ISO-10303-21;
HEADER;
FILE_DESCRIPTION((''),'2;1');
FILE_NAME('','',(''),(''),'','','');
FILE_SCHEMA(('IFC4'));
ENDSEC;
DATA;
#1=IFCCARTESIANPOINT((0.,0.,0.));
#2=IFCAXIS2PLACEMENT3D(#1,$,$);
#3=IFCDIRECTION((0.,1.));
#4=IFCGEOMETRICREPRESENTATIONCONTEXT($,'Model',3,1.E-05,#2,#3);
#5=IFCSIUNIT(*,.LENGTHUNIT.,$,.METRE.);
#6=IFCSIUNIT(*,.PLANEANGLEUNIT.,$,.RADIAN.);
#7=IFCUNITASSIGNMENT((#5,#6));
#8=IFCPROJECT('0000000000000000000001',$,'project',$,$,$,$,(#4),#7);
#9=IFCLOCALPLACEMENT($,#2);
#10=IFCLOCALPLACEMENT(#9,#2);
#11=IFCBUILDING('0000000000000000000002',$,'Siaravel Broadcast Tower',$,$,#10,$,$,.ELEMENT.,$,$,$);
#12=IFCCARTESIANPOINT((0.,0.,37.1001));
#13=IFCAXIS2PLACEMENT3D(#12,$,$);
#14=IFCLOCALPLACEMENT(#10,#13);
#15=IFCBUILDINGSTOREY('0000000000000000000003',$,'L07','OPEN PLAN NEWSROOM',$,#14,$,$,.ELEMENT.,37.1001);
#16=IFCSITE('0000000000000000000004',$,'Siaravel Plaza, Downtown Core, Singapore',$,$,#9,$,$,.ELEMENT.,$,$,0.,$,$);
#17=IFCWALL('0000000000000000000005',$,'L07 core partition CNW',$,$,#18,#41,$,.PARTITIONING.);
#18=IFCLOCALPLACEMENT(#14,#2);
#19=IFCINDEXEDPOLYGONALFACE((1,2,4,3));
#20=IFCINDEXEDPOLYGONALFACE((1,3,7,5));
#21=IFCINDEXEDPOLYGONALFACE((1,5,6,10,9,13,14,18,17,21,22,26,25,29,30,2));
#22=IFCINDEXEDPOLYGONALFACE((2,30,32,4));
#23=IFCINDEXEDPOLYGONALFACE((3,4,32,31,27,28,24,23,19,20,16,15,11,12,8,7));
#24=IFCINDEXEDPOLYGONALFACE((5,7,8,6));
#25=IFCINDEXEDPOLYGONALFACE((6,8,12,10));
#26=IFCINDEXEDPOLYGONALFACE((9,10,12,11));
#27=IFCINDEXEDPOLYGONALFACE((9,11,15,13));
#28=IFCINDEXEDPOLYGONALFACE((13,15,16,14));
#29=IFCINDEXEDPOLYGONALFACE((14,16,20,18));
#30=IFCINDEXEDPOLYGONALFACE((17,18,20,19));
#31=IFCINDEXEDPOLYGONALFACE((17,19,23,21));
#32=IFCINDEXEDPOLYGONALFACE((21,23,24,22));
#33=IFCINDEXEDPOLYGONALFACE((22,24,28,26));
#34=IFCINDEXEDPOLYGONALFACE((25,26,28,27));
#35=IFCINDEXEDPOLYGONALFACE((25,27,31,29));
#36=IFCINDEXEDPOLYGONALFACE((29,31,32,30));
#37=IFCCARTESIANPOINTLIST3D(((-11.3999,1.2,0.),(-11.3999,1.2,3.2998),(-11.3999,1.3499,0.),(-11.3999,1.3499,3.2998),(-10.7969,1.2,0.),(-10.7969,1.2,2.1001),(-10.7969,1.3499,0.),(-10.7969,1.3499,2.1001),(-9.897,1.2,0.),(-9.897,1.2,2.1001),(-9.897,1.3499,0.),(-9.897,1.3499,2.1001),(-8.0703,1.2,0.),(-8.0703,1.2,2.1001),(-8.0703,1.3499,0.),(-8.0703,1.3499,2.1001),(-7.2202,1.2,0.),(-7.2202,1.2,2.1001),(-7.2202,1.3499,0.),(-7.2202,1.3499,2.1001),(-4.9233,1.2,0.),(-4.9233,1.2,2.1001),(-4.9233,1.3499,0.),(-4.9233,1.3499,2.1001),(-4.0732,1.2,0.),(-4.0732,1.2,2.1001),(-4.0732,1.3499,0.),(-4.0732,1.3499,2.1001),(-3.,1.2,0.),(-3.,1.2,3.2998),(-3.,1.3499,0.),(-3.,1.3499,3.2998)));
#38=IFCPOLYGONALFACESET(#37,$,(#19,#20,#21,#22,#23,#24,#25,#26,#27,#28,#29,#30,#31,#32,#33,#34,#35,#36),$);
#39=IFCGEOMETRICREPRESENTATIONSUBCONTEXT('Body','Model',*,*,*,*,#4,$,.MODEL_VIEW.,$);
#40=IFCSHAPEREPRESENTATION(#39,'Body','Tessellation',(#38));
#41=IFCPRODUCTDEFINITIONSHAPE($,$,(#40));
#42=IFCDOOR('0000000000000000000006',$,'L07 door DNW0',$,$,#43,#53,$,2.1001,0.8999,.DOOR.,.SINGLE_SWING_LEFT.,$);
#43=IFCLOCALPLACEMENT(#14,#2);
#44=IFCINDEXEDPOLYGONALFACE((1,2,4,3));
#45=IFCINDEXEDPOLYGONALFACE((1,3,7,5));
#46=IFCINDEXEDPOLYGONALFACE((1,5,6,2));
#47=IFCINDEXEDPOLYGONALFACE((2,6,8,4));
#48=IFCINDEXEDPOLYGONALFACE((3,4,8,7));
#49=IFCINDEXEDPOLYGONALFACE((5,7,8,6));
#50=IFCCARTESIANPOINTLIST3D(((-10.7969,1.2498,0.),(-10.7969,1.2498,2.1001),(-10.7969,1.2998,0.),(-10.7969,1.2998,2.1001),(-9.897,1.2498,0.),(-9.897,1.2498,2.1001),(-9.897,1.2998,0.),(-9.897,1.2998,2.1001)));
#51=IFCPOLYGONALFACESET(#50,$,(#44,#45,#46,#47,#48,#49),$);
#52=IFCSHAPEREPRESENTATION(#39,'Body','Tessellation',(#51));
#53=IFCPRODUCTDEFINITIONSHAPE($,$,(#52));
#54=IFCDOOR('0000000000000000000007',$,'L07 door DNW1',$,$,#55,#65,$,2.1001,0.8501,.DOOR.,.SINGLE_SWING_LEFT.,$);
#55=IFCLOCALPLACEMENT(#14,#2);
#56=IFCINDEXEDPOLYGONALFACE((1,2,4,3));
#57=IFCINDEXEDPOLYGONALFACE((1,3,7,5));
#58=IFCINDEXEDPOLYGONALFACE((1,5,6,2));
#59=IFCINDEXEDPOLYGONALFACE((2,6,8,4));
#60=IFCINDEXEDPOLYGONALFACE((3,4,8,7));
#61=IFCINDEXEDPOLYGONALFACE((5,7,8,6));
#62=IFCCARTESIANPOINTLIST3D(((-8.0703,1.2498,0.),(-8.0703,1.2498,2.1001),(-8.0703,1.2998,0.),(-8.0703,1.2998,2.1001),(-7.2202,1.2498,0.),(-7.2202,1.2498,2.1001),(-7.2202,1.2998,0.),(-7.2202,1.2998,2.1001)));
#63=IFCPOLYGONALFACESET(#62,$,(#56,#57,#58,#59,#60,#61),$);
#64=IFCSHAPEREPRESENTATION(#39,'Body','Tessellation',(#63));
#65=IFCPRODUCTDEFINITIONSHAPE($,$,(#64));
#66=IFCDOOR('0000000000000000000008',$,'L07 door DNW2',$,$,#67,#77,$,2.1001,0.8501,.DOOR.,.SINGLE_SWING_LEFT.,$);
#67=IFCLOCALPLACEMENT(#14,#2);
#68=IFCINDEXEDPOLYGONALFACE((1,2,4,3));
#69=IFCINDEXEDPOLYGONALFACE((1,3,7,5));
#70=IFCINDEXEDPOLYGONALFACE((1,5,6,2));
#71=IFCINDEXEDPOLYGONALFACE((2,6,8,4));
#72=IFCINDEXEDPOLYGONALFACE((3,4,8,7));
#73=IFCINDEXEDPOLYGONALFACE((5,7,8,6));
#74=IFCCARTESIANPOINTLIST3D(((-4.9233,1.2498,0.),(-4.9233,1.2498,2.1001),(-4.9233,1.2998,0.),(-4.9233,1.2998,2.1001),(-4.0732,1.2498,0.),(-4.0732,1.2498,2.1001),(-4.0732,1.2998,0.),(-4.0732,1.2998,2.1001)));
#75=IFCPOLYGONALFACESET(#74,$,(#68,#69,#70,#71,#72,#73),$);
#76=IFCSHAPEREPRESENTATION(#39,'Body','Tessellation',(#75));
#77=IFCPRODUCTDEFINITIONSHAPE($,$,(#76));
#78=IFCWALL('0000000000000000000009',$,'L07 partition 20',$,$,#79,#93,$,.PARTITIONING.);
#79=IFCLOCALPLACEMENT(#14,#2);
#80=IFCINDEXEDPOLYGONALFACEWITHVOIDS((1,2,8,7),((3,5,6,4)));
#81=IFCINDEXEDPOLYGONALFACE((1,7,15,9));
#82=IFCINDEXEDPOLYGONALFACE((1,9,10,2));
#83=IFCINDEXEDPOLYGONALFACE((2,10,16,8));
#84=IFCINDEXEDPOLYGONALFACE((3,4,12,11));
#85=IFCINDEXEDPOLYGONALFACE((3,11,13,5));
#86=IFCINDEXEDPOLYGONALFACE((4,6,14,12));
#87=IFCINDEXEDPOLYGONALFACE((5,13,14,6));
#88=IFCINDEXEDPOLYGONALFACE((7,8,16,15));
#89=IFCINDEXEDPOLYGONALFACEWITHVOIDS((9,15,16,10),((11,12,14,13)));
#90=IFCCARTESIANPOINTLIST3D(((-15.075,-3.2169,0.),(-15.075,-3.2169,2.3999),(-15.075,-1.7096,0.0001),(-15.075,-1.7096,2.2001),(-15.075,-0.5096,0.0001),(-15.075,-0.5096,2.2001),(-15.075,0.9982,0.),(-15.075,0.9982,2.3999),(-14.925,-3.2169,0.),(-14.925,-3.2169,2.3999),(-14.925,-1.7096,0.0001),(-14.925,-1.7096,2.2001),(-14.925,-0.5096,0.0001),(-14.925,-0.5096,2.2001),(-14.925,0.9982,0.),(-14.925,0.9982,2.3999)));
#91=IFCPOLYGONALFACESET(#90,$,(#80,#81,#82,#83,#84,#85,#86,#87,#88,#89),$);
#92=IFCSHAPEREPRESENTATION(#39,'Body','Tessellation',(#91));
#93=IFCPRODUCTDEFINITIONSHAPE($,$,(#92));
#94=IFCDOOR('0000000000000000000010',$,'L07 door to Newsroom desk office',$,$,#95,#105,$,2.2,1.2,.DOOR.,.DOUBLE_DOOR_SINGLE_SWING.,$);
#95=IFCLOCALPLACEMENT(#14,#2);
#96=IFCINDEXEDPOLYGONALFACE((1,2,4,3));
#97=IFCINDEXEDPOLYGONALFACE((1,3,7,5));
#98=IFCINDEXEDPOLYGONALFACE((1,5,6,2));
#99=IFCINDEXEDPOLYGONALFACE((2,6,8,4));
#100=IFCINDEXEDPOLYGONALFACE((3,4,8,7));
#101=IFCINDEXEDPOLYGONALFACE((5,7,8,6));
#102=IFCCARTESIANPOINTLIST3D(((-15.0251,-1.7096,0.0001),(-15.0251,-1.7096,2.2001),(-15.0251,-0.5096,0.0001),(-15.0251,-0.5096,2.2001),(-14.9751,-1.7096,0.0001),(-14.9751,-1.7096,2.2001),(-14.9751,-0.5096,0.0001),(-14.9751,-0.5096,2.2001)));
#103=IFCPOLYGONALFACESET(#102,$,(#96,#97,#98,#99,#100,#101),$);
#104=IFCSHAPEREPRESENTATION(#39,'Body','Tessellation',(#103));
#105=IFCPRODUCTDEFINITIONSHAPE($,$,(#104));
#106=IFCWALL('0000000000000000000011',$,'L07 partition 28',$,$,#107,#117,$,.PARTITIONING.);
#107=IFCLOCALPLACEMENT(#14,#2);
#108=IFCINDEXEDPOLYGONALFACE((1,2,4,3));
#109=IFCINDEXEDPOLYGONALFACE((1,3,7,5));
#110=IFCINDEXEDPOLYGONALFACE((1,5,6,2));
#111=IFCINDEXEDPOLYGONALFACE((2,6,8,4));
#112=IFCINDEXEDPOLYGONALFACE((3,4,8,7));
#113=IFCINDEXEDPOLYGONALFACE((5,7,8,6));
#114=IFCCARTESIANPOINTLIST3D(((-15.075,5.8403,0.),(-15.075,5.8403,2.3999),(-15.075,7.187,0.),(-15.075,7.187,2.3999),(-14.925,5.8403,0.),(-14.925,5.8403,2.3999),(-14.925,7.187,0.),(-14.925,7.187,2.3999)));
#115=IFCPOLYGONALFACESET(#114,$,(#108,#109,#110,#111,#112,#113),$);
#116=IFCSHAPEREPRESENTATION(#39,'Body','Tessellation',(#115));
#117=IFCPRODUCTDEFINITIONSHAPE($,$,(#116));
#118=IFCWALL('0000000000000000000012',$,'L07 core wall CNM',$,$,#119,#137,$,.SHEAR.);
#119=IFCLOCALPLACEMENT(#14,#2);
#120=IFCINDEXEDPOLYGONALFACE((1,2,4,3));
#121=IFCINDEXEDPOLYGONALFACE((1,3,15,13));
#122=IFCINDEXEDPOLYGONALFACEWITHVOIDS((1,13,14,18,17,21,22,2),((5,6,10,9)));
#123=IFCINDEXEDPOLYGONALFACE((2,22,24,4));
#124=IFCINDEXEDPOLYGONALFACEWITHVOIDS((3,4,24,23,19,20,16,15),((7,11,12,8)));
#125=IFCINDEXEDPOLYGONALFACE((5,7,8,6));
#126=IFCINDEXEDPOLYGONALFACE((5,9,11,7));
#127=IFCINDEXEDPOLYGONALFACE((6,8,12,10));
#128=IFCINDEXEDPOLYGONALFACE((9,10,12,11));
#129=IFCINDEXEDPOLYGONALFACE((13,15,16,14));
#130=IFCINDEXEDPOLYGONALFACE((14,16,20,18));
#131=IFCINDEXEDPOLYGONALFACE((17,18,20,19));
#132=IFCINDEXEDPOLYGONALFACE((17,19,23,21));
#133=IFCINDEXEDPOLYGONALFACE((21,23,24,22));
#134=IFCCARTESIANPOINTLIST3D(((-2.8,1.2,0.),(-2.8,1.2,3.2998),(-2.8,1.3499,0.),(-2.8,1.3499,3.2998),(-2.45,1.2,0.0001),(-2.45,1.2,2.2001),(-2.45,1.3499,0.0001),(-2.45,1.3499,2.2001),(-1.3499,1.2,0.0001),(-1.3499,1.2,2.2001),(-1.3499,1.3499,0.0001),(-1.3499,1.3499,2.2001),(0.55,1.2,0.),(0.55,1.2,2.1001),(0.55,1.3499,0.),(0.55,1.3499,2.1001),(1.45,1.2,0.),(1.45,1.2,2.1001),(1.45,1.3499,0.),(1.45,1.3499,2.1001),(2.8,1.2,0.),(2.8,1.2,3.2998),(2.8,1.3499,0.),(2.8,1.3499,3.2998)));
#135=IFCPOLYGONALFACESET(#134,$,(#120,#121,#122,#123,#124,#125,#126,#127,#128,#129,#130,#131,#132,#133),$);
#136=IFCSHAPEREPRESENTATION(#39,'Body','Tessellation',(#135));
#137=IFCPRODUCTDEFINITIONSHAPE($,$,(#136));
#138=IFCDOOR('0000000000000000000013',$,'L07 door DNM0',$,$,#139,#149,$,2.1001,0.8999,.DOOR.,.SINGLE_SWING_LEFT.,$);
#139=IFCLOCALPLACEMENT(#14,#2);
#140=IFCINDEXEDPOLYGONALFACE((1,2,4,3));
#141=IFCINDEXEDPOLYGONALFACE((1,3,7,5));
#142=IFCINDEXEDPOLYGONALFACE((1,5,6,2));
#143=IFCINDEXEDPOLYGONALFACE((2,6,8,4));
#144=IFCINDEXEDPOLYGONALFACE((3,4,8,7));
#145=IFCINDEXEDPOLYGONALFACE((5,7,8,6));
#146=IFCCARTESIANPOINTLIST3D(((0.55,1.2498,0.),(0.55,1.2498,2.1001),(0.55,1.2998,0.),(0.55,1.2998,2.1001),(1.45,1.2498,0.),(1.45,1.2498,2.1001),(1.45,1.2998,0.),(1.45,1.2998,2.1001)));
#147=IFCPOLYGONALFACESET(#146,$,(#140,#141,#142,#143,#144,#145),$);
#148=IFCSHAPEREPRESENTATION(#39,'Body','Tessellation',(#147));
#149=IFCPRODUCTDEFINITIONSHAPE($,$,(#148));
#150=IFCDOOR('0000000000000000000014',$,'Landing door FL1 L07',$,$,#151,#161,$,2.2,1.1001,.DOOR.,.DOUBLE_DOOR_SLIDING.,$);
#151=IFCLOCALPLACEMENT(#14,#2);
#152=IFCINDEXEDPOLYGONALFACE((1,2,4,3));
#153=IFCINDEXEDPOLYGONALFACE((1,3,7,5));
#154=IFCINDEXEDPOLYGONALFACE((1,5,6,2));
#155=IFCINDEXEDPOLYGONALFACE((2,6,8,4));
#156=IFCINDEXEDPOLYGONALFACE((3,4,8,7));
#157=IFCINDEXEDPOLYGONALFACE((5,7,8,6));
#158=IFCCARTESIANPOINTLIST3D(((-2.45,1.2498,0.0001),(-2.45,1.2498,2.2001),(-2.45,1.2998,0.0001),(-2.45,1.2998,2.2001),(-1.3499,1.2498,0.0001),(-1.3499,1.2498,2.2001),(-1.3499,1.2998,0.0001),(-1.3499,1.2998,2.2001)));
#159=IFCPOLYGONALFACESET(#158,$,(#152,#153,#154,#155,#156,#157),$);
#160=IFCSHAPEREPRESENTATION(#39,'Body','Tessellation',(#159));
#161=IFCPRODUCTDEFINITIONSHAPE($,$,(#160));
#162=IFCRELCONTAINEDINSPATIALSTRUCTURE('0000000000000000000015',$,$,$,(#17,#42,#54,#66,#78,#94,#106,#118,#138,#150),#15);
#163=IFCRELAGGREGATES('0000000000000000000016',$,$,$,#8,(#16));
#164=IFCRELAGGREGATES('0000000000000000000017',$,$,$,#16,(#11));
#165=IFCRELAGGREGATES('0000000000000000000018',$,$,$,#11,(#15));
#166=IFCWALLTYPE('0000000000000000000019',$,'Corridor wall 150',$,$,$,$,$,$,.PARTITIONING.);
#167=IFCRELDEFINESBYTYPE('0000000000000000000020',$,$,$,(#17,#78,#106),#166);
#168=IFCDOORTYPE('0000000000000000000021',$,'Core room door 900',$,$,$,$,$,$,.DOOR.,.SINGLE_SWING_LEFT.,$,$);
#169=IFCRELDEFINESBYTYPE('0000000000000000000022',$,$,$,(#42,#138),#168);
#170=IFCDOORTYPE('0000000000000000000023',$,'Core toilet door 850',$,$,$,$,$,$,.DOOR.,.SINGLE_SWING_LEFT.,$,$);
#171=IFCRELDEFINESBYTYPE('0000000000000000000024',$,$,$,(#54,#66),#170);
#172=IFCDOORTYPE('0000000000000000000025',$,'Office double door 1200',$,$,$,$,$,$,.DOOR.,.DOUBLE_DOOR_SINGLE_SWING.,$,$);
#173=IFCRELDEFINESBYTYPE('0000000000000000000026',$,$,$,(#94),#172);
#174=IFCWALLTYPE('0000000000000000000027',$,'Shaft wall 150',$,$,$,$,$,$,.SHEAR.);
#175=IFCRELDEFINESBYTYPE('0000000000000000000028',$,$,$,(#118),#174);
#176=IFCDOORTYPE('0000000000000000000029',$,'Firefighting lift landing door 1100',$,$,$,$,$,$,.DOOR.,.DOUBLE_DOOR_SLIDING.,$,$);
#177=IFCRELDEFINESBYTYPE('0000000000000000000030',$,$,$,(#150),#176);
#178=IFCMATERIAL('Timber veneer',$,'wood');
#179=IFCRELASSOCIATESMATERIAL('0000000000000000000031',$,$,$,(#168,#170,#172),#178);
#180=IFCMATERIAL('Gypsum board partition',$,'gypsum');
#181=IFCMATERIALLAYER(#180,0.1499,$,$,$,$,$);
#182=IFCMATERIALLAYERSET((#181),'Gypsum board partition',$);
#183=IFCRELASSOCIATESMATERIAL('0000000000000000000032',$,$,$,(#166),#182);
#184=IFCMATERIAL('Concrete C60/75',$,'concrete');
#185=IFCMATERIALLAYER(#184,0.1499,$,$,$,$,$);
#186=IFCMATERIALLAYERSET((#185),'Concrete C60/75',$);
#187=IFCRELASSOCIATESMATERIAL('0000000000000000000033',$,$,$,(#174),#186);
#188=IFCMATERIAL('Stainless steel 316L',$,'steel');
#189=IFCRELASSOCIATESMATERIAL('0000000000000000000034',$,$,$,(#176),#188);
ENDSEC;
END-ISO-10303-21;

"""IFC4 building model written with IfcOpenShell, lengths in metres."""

from ifc_helpers import new_model, si_unit, direction, frame, frame_2d, origin, place, context, subcontext, project, spatial, rectangle, extrude, material, layer, layer_set, type_object, element, fill, save


model = new_model("IFC4")

# Units and contexts
model_context = context("Model", 3, precision=1e-05, world=origin(), true_north=direction((0.0, 1.0)))
body_context = subcontext(model_context, "Body", "Model", "MODEL_VIEW")
ifc_project = project(units=[si_unit("LENGTHUNIT", "METRE"), si_unit("PLANEANGLEUNIT", "RADIAN")], contexts=[model_context])

# Site, building, storey
site_placement = place(None, origin())
site = spatial("IfcSite", under=ifc_project, at=site_placement, Name="Siaravel Plaza, Downtown Core, Singapore", CompositionType="ELEMENT", RefElevation=0.0)
building_placement = place(site_placement, origin())
building = spatial("IfcBuilding", under=site, at=building_placement, Name="Siaravel Broadcast Tower", CompositionType="ELEMENT")
storey_placement = place(building_placement, frame((0.0, 0.0, 37.1001)))
storey = spatial("IfcBuildingStorey", under=building, at=storey_placement, Name="L07", Description="OPEN PLAN NEWSROOM", CompositionType="ELEMENT", Elevation=37.1001)

# Wall, openings, doors
ifc_material_1 = material(Name="Concrete C60/75", Category="concrete")
ifc_material_2 = material(Name="Timber veneer", Category="wood")
door_type_1 = type_object("IfcDoorType", Name="Core room door 900", OperationType="SINGLE_SWING_LEFT", PredefinedType="DOOR", material=ifc_material_2)
ifc_material_3 = material(Name="Stainless steel 316L", Category="steel")
ifc_material_4 = material(Name="Gypsum board partition", Category="gypsum")
ifc_layer_1 = layer(ifc_material_4, 0.1499)
ifc_layer_set_1 = layer_set([ifc_layer_1], Name="Gypsum board partition")
wall_type_1 = type_object("IfcWallType", Name="Corridor wall 150", PredefinedType="PARTITIONING", material=ifc_layer_set_1)
wall_1_placement = place(storey_placement, frame((-11.3999, 1.2749, 0.0), z_axis=(0.0, 0.0, 1.0), x_axis=(1.0, 0.0, 0.0)))
wall_1 = element("IfcWall", 1, at=wall_1_placement, inside=storey, type_object=wall_type_1, Name="L07 core partition CNW", PredefinedType="PARTITIONING", context=body_context, shape_type="SweptSolid", body=[
    extrude(rectangle(XDim=8.3999, YDim=0.1499, at=frame_2d((4.2, 0.0))), origin(), (0.0, 0.0, 1.0), 3.2998),
])
opening_1_placement = place(wall_1_placement, frame((0.603, 0.0, 0.0)))
opening_1 = element("IfcOpeningElement", 2, at=opening_1_placement, cuts=wall_1, PredefinedType="OPENING", context=body_context, shape_type="SweptSolid", body=[
    extrude(rectangle(XDim=0.8999, YDim=2.1001, at=frame_2d((0.45, 1.05))), frame((0.0, 0.085, 0.0), z_axis=(0.0, -1.0, 0.0), x_axis=(1.0, 0.0, 0.0)), (0.0, 0.0, 1.0), 0.1699),
])
opening_2_placement = place(wall_1_placement, frame((3.3296, 0.0, 0.0)))
opening_2 = element("IfcOpeningElement", 3, at=opening_2_placement, cuts=wall_1, PredefinedType="OPENING", context=body_context, shape_type="SweptSolid", body=[
    extrude(rectangle(XDim=0.8501, YDim=2.1001, at=frame_2d((0.425, 1.05))), frame((0.0, 0.085, 0.0), z_axis=(0.0, -1.0, 0.0), x_axis=(1.0, 0.0, 0.0)), (0.0, 0.0, 1.0), 0.1699),
])
opening_3_placement = place(wall_1_placement, frame((6.4766, 0.0, 0.0)))
opening_3 = element("IfcOpeningElement", 4, at=opening_3_placement, cuts=wall_1, PredefinedType="OPENING", context=body_context, shape_type="SweptSolid", body=[
    extrude(rectangle(XDim=0.8501, YDim=2.1001, at=frame_2d((0.425, 1.05))), frame((0.0, 0.085, 0.0), z_axis=(0.0, -1.0, 0.0), x_axis=(1.0, 0.0, 0.0)), (0.0, 0.0, 1.0), 0.1699),
])
door_1_placement = place(opening_1_placement, origin())
door_1 = element("IfcDoor", 5, at=door_1_placement, inside=storey, type_object=door_type_1, Name="L07 door DNW0", OperationType="SINGLE_SWING_LEFT", OverallHeight=2.1001, OverallWidth=0.8999, PredefinedType="DOOR", context=body_context, shape_type="SweptSolid", body=[
    extrude(rectangle(XDim=0.8999, YDim=2.1001, at=frame_2d((0.45, 1.05))), frame((0.0, 0.0249, 0.0), z_axis=(0.0, -1.0, 0.0), x_axis=(1.0, 0.0, 0.0)), (0.0, 0.0, 1.0), 0.05),
])
fill(opening_1, door_1)
door_type_2 = type_object("IfcDoorType", Name="Core toilet door 850", OperationType="SINGLE_SWING_LEFT", PredefinedType="DOOR", material=ifc_material_2)
door_2_placement = place(opening_2_placement, origin())
door_2 = element("IfcDoor", 6, at=door_2_placement, inside=storey, type_object=door_type_2, Name="L07 door DNW1", OperationType="SINGLE_SWING_LEFT", OverallHeight=2.1001, OverallWidth=0.8501, PredefinedType="DOOR", context=body_context, shape_type="SweptSolid", body=[
    extrude(rectangle(XDim=0.8501, YDim=2.1001, at=frame_2d((0.425, 1.05))), frame((0.0, 0.0249, 0.0), z_axis=(0.0, -1.0, 0.0), x_axis=(1.0, 0.0, 0.0)), (0.0, 0.0, 1.0), 0.05),
])
fill(opening_2, door_2)
door_3_placement = place(opening_3_placement, origin())
door_3 = element("IfcDoor", 7, at=door_3_placement, inside=storey, type_object=door_type_2, Name="L07 door DNW2", OperationType="SINGLE_SWING_LEFT", OverallHeight=2.1001, OverallWidth=0.8501, PredefinedType="DOOR", context=body_context, shape_type="SweptSolid", body=[
    extrude(rectangle(XDim=0.8501, YDim=2.1001, at=frame_2d((0.425, 1.05))), frame((0.0, 0.0249, 0.0), z_axis=(0.0, -1.0, 0.0), x_axis=(1.0, 0.0, 0.0)), (0.0, 0.0, 1.0), 0.05),
])
fill(opening_3, door_3)

# Wall, opening, door
wall_2_placement = place(storey_placement, frame((-15.0, 0.998, 0.0), z_axis=(0.0, 0.0, 1.0), x_axis=(0.0, -1.0, 0.0)))
wall_2 = element("IfcWall", 8, at=wall_2_placement, inside=storey, type_object=wall_type_1, Name="L07 partition 20", PredefinedType="PARTITIONING", context=body_context, shape_type="SweptSolid", body=[
    extrude(rectangle(XDim=4.2151, YDim=0.1499, at=frame_2d((2.1074, 0.0))), origin(), (0.0, 0.0, 1.0), 2.3999),
])
opening_4_placement = place(wall_2_placement, frame((1.5076, 0.0, 0.0)))
opening_4 = element("IfcOpeningElement", 9, at=opening_4_placement, cuts=wall_2, PredefinedType="OPENING", context=body_context, shape_type="SweptSolid", body=[
    extrude(rectangle(XDim=1.2, YDim=2.2, at=frame_2d((0.6001, 1.1001))), frame((0.0, 0.085, 0.0), z_axis=(0.0, -1.0, 0.0), x_axis=(1.0, 0.0, 0.0)), (0.0, 0.0, 1.0), 0.1699),
])
door_type_3 = type_object("IfcDoorType", Name="Office double door 1200", OperationType="DOUBLE_DOOR_SINGLE_SWING", PredefinedType="DOOR", material=ifc_material_2)
door_4_placement = place(opening_4_placement, origin())
door_4 = element("IfcDoor", 10, at=door_4_placement, inside=storey, type_object=door_type_3, Name="L07 door to Newsroom desk office", OperationType="DOUBLE_DOOR_SINGLE_SWING", OverallHeight=2.2, OverallWidth=1.2, PredefinedType="DOOR", context=body_context, shape_type="SweptSolid", body=[
    extrude(rectangle(XDim=1.2, YDim=2.2, at=frame_2d((0.6001, 1.1001))), frame((0.0, 0.0249, 0.0), z_axis=(0.0, -1.0, 0.0), x_axis=(1.0, 0.0, 0.0)), (0.0, 0.0, 1.0), 0.05),
])
fill(opening_4, door_4)

# Wall
wall_3_placement = place(storey_placement, frame((-15.0, 7.187, 0.0), z_axis=(0.0, 0.0, 1.0), x_axis=(0.0, -1.0, 0.0)))
element("IfcWall", 11, at=wall_3_placement, inside=storey, type_object=wall_type_1, Name="L07 partition 28", PredefinedType="PARTITIONING", context=body_context, shape_type="SweptSolid", body=[
    extrude(rectangle(XDim=1.3467, YDim=0.1499, at=frame_2d((0.6733, 0.0))), origin(), (0.0, 0.0, 1.0), 2.3999),
])

# Wall, openings, doors
ifc_layer_2 = layer(ifc_material_1, 0.1499)
ifc_layer_set_2 = layer_set([ifc_layer_2], Name="Concrete C60/75")
wall_type_2 = type_object("IfcWallType", Name="Shaft wall 150", PredefinedType="SHEAR", material=ifc_layer_set_2)
wall_4_placement = place(storey_placement, frame((-2.8, 1.2749, 0.0), z_axis=(0.0, 0.0, 1.0), x_axis=(1.0, 0.0, 0.0)))
wall_4 = element("IfcWall", 12, at=wall_4_placement, inside=storey, type_object=wall_type_2, Name="L07 core wall CNM", PredefinedType="SHEAR", context=body_context, shape_type="SweptSolid", body=[
    extrude(rectangle(XDim=5.6001, YDim=0.1499, at=frame_2d((2.8, 0.0))), origin(), (0.0, 0.0, 1.0), 3.2998),
])
opening_5_placement = place(wall_4_placement, frame((0.3501, 0.0, 0.0)))
opening_5 = element("IfcOpeningElement", 13, at=opening_5_placement, cuts=wall_4, PredefinedType="OPENING", context=body_context, shape_type="SweptSolid", body=[
    extrude(rectangle(XDim=1.1001, YDim=2.2, at=frame_2d((0.55, 1.1001))), frame((0.0, 0.085, 0.0), z_axis=(0.0, -1.0, 0.0), x_axis=(1.0, 0.0, 0.0)), (0.0, 0.0, 1.0), 0.1699),
])
opening_6_placement = place(wall_4_placement, frame((3.3501, 0.0, 0.0)))
opening_6 = element("IfcOpeningElement", 14, at=opening_6_placement, cuts=wall_4, PredefinedType="OPENING", context=body_context, shape_type="SweptSolid", body=[
    extrude(rectangle(XDim=0.8999, YDim=2.1001, at=frame_2d((0.45, 1.05))), frame((0.0, 0.085, 0.0), z_axis=(0.0, -1.0, 0.0), x_axis=(1.0, 0.0, 0.0)), (0.0, 0.0, 1.0), 0.1699),
])
door_5_placement = place(opening_6_placement, origin())
door_5 = element("IfcDoor", 15, at=door_5_placement, inside=storey, type_object=door_type_1, Name="L07 door DNM0", OperationType="SINGLE_SWING_LEFT", OverallHeight=2.1001, OverallWidth=0.8999, PredefinedType="DOOR", context=body_context, shape_type="SweptSolid", body=[
    extrude(rectangle(XDim=0.8999, YDim=2.1001, at=frame_2d((0.45, 1.05))), frame((0.0, 0.0249, 0.0), z_axis=(0.0, -1.0, 0.0), x_axis=(1.0, 0.0, 0.0)), (0.0, 0.0, 1.0), 0.05),
])
fill(opening_6, door_5)
door_type_4 = type_object("IfcDoorType", Name="Firefighting lift landing door 1100", OperationType="DOUBLE_DOOR_SLIDING", PredefinedType="DOOR", material=ifc_material_3)
door_6_placement = place(opening_5_placement, origin())
door_6 = element("IfcDoor", 16, at=door_6_placement, inside=storey, type_object=door_type_4, Name="Landing door FL1 L07", OperationType="DOUBLE_DOOR_SLIDING", OverallHeight=2.2, OverallWidth=1.1001, PredefinedType="DOOR", context=body_context, shape_type="SweptSolid", body=[
    extrude(rectangle(XDim=1.1001, YDim=2.2, at=frame_2d((0.55, 1.1001))), frame((0.0, 0.0249, 0.0), z_axis=(0.0, -1.0, 0.0), x_axis=(1.0, 0.0, 0.0)), (0.0, 0.0, 1.0), 0.05),
])
fill(opening_5, door_6)

save(model, "model.ifc")
